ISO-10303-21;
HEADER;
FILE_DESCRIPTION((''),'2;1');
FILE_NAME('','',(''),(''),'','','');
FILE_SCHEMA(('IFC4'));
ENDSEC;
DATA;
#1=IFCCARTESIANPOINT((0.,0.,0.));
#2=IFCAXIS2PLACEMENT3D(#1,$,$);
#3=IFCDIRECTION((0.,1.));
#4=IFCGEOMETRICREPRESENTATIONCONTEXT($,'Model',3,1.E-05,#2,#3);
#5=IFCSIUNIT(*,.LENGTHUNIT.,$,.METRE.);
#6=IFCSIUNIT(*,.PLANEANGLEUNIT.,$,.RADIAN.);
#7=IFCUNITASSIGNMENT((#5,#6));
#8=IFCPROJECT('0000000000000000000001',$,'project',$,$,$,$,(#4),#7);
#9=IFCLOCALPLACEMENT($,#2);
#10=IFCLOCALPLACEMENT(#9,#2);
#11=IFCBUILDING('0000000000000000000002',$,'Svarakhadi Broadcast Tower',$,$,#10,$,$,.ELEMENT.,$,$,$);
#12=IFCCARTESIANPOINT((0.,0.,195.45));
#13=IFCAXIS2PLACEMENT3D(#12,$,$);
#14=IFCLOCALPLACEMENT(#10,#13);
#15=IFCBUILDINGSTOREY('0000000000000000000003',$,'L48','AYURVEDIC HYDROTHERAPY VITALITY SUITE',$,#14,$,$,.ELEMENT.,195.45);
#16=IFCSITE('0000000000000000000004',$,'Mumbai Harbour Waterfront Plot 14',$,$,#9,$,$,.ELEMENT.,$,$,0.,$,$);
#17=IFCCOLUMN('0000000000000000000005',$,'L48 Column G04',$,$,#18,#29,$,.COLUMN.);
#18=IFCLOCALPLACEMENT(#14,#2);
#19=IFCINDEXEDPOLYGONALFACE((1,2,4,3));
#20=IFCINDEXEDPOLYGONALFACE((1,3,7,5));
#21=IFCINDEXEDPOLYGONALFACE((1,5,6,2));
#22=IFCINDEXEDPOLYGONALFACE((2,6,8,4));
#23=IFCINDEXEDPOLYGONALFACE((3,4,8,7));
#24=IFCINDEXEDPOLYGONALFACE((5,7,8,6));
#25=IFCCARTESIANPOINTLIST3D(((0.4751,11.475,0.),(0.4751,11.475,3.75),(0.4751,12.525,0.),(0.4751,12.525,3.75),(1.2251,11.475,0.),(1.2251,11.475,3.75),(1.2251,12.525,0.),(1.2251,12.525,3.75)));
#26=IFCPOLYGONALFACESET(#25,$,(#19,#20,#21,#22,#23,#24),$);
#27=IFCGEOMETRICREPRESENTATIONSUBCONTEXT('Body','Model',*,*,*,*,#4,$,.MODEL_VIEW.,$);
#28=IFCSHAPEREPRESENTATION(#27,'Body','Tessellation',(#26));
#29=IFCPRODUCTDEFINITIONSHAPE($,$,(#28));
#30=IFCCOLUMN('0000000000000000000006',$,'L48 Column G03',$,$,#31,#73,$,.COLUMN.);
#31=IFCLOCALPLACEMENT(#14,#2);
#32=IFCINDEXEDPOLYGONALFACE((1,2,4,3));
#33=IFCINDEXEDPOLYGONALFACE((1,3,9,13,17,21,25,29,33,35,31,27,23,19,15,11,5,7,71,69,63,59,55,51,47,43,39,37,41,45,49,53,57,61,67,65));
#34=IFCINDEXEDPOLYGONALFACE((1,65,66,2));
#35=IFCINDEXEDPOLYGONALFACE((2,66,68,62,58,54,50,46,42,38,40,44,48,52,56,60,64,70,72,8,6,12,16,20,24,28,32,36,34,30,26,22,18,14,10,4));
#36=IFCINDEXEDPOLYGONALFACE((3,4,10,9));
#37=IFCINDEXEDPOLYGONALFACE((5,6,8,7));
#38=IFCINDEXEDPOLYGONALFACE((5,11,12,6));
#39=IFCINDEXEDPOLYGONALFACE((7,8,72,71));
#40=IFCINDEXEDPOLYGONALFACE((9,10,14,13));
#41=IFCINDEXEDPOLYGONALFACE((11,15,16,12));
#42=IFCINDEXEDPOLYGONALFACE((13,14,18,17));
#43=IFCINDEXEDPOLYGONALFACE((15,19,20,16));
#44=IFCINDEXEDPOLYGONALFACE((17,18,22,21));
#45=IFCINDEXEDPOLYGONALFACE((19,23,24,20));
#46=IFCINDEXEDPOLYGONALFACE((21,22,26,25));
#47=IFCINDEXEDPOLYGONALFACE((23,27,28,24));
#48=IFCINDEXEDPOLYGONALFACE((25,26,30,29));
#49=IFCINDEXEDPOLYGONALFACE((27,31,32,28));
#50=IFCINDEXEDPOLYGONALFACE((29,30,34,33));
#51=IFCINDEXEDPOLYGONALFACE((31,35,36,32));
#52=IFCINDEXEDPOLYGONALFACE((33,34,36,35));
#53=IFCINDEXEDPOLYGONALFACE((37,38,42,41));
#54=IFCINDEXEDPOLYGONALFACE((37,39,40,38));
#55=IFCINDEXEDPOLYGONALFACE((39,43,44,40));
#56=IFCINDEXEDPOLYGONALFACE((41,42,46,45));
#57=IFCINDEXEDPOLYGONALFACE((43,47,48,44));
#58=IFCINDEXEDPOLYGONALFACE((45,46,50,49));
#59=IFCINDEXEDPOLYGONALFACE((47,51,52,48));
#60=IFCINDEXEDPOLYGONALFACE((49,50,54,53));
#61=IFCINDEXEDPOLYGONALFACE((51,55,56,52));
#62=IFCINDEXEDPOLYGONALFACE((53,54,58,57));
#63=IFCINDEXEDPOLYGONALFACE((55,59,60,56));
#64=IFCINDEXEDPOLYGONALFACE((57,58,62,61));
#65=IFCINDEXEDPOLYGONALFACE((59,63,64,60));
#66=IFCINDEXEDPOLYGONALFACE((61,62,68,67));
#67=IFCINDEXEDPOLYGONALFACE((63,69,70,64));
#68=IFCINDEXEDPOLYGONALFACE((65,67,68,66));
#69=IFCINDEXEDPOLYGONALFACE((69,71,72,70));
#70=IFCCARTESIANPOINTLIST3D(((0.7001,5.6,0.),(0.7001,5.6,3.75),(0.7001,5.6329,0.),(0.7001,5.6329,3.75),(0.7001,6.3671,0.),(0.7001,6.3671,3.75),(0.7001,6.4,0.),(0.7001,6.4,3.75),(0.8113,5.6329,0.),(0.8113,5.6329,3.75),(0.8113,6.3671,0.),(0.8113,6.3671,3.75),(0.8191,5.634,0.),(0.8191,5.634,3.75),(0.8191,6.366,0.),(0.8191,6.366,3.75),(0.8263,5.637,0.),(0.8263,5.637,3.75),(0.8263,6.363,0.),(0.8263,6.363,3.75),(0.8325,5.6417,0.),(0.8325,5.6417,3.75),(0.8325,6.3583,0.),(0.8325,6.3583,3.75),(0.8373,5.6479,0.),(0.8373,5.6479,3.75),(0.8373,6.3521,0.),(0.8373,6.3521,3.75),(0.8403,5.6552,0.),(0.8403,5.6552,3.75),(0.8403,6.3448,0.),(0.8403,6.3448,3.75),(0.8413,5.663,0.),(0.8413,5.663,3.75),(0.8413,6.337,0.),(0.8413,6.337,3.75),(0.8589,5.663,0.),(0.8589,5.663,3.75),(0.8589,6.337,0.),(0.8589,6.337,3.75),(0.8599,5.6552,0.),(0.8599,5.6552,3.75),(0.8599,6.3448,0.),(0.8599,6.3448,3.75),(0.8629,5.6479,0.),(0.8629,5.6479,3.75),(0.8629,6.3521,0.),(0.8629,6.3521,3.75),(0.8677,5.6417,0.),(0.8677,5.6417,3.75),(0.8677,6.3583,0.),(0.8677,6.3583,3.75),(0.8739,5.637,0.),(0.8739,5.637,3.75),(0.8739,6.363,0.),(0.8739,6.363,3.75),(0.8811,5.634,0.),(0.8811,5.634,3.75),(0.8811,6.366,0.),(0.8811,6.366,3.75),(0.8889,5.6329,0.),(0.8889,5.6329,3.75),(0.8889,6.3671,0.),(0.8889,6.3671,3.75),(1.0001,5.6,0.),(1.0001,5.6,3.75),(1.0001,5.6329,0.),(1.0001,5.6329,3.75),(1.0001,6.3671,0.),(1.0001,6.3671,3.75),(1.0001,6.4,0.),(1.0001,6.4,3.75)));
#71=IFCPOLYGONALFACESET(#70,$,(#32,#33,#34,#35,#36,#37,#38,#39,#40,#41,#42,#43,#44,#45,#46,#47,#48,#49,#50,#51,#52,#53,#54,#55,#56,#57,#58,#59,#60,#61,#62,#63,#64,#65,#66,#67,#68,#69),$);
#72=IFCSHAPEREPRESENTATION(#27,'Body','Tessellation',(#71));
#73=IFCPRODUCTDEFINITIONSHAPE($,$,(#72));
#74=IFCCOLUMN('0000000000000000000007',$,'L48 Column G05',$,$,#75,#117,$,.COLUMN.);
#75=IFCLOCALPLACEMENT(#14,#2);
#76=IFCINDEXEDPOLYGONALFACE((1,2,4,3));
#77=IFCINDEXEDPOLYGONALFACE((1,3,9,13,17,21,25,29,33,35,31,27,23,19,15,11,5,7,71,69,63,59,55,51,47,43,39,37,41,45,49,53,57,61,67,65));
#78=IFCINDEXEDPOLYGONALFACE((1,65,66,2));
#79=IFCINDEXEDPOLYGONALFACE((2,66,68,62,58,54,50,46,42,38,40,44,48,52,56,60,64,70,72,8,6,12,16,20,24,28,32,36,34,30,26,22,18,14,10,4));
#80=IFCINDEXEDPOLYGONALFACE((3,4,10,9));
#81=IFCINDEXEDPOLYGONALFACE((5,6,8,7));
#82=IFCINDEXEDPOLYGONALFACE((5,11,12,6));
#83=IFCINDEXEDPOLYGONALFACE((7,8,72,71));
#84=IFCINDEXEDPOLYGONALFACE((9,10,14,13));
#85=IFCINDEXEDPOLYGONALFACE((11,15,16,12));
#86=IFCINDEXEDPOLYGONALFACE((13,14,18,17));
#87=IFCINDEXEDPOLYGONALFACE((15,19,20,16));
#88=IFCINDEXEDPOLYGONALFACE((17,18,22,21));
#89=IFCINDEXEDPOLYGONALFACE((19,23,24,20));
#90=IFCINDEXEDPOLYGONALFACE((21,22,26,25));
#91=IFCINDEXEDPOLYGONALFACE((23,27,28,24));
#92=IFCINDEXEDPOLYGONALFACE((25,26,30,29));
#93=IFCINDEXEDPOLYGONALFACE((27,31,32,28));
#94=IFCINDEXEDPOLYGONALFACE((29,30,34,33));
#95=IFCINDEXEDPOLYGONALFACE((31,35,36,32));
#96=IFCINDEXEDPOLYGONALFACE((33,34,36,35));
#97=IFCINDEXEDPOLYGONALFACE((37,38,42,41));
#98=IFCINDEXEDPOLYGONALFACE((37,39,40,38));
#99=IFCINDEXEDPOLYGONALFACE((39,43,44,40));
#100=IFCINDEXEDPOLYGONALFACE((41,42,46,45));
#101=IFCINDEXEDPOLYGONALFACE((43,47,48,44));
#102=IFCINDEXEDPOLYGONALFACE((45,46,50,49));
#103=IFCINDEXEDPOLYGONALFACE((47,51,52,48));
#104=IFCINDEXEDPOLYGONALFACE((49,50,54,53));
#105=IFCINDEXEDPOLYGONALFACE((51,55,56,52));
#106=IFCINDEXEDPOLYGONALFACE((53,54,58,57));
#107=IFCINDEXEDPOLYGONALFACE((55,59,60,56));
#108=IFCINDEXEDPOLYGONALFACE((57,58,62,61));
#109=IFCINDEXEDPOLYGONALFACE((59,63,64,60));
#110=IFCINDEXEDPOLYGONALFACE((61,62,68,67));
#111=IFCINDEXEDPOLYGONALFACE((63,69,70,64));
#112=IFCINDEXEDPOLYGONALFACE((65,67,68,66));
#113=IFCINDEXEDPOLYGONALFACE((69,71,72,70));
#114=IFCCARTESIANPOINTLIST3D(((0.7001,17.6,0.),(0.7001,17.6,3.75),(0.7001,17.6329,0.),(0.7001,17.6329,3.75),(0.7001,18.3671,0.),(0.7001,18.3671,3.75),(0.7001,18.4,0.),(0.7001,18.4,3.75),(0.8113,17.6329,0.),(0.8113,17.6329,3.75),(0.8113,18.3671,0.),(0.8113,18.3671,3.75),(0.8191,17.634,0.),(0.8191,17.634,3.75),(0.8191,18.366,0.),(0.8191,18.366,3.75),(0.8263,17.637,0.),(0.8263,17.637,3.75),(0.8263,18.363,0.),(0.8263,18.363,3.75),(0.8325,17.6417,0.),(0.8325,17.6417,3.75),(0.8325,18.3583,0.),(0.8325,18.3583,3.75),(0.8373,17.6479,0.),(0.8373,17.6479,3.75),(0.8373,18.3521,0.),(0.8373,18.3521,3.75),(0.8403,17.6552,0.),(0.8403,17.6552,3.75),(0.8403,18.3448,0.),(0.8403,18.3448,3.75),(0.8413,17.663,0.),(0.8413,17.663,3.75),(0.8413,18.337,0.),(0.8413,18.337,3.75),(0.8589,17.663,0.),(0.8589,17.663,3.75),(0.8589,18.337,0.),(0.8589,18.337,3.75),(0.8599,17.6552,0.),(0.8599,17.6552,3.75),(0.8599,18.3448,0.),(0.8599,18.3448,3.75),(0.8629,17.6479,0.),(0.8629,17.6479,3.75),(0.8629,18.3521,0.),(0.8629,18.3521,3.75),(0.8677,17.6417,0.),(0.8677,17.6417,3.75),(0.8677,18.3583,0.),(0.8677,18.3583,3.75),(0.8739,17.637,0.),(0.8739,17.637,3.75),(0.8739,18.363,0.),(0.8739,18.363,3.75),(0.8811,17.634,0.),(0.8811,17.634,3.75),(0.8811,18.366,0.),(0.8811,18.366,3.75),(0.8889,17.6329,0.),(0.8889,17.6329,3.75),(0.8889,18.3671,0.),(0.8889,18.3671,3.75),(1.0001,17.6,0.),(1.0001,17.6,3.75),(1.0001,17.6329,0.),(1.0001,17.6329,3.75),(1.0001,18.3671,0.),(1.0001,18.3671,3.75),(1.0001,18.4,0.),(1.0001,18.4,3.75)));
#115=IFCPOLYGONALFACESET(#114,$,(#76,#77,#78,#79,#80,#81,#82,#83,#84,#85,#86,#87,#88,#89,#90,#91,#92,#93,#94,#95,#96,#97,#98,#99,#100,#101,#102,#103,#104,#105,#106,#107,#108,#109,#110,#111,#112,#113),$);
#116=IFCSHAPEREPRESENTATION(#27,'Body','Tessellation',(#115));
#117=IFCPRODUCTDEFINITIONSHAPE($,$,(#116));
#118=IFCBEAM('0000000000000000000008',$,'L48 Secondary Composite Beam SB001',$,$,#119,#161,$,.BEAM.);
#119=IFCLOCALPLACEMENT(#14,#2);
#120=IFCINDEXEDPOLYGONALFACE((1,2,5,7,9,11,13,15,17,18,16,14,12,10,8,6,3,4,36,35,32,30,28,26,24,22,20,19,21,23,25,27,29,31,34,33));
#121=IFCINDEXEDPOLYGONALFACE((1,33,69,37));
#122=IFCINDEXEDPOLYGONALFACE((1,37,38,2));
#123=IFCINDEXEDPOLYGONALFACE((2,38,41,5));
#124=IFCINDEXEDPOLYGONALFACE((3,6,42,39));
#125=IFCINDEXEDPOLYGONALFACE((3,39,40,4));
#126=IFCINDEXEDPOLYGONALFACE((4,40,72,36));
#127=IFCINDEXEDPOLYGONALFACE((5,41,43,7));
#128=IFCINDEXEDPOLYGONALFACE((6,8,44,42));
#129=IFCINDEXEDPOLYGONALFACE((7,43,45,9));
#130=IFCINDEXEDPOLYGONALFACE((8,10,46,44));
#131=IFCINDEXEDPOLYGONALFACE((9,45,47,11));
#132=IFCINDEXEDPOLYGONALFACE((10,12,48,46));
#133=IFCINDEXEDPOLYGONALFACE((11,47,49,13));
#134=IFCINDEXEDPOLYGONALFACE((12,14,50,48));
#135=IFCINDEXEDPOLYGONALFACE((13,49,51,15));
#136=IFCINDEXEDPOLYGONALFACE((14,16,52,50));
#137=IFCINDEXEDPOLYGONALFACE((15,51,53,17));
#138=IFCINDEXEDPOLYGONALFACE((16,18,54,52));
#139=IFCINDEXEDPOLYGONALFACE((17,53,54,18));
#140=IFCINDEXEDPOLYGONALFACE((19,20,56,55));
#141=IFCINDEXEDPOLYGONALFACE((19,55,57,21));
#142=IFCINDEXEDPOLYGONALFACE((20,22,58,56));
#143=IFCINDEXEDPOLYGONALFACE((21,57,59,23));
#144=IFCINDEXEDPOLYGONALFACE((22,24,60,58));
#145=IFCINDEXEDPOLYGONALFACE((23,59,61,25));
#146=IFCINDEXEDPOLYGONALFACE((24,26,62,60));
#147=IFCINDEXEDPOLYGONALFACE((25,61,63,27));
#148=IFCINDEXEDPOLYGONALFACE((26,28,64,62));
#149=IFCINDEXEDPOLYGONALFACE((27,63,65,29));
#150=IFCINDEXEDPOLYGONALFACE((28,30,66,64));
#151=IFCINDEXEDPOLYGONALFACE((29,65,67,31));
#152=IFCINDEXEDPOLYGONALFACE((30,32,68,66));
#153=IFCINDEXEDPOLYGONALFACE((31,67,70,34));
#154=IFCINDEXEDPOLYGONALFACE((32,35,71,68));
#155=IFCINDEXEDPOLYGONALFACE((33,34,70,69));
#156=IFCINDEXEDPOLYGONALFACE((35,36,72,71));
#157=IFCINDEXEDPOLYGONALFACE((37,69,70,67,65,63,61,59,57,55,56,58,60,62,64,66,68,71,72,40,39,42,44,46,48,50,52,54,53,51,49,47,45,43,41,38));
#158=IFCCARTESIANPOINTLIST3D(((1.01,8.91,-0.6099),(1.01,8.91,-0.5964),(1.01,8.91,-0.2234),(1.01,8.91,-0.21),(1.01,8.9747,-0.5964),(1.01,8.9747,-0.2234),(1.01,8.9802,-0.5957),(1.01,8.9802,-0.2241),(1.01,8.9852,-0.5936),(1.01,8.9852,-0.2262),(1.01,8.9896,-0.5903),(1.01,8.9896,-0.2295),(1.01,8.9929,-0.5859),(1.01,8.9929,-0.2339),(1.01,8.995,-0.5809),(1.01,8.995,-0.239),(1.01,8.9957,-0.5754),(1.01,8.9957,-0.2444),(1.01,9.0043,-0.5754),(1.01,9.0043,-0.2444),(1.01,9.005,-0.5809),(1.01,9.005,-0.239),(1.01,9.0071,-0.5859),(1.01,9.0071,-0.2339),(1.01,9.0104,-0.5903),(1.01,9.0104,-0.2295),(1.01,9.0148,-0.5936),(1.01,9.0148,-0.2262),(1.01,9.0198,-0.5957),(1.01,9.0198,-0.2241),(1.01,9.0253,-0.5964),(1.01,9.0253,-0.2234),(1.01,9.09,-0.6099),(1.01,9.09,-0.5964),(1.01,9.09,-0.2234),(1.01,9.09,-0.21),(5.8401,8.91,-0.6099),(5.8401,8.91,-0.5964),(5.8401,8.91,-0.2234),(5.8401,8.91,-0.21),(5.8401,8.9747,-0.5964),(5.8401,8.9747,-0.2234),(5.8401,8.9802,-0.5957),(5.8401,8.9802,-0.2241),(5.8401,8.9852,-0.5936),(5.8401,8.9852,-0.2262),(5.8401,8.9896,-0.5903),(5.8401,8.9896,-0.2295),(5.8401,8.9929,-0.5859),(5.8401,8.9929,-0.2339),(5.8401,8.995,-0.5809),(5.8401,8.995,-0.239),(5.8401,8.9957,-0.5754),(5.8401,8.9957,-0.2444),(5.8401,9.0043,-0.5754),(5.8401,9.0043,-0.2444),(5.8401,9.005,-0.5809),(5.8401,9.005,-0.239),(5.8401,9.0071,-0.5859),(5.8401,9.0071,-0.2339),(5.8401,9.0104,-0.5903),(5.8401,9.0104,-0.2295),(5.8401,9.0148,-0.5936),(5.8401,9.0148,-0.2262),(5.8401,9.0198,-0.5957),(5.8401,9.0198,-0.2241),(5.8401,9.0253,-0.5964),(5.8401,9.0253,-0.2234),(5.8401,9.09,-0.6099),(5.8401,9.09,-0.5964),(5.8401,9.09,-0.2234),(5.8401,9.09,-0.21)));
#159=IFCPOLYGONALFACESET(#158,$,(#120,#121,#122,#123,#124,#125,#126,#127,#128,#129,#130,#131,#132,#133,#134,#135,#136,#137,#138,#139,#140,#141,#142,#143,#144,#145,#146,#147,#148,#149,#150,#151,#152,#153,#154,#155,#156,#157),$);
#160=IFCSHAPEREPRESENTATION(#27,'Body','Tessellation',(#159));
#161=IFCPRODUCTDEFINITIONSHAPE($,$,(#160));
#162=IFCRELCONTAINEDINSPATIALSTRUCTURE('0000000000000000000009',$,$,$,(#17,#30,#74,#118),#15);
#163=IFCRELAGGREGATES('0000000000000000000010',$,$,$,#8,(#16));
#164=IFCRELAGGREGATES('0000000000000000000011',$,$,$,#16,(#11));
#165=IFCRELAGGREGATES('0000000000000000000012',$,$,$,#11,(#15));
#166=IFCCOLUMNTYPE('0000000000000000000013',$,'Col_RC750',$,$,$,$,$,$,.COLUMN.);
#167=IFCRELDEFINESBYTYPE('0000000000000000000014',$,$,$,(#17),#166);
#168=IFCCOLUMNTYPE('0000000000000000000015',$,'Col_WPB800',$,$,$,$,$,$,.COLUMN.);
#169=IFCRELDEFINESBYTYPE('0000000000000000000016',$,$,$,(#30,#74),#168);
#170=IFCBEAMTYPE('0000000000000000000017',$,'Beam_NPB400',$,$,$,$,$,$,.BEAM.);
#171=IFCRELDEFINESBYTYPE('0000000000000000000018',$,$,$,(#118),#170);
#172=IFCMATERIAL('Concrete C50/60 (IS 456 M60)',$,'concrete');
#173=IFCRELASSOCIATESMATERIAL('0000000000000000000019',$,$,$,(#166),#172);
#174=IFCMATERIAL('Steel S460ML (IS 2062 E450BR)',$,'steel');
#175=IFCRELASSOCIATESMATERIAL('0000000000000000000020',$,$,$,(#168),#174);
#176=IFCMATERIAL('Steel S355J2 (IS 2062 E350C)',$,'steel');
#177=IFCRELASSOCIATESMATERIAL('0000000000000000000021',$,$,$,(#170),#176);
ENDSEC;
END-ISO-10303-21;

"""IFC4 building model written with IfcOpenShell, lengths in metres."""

from ifc_helpers import new_model, si_unit, direction, frame, origin, origin_2d, place, context, subcontext, project, spatial, rectangle, i_section, extrude, material, material_profile, profile_set, type_object, element, save


model = new_model("IFC4")

# Units and contexts
model_context = context("Model", 3, precision=1e-05, world=origin(), true_north=direction((0.0, 1.0)))
body_context = subcontext(model_context, "Body", "Model", "MODEL_VIEW")
ifc_project = project(units=[si_unit("LENGTHUNIT", "METRE"), si_unit("PLANEANGLEUNIT", "RADIAN")], contexts=[model_context])

# Site, building, storey
site_placement = place(None, origin())
site = spatial("IfcSite", under=ifc_project, at=site_placement, Name="Mumbai Harbour Waterfront Plot 14", CompositionType="ELEMENT", RefElevation=0.0)
building_placement = place(site_placement, origin())
building = spatial("IfcBuilding", under=site, at=building_placement, Name="Svarakhadi Broadcast Tower", CompositionType="ELEMENT")
storey_placement = place(building_placement, frame((0.0, 0.0, 195.45)))
storey = spatial("IfcBuildingStorey", under=building, at=storey_placement, Name="L48", Description="AYURVEDIC HYDROTHERAPY VITALITY SUITE", CompositionType="ELEMENT", Elevation=195.45)

# Columns
ifc_material_1 = material(Name="Concrete C50/60 (IS 456 M60)", Category="concrete")
ifc_material_profile_1 = material_profile(ifc_material_1, rectangle(XDim=0.75, YDim=1.05, at=origin_2d()), Name="RC 750x1050")
ifc_profile_set_1 = profile_set([ifc_material_profile_1], Name="Concrete C50/60 (IS 456 M60)")
column_type_1 = type_object("IfcColumnType", Name="Col_RC750", PredefinedType="COLUMN", material=ifc_profile_set_1)
column_placement = place(storey_placement, frame((0.8501, 12.0, 0.0), z_axis=(0.0, 0.0, 1.0), x_axis=(1.0, 0.0, 0.0)))
element("IfcColumn", 1, at=column_placement, inside=storey, type_object=column_type_1, Name="L48 Column G04", PredefinedType="COLUMN", context=body_context, shape_type="SweptSolid", body=[
    extrude(rectangle(XDim=0.75, YDim=1.05, at=origin_2d()), origin(), (0.0, 0.0, 1.0), 3.75),
])
ifc_material_2 = material(Name="Steel S460ML (IS 2062 E450BR)", Category="steel")
ifc_material_profile_2 = material_profile(ifc_material_2, i_section(OverallWidth=0.3, OverallDepth=0.8, WebThickness=0.0176, FlangeThickness=0.033, FilletRadius=0.03, at=origin_2d()), Name="WPB 800x300x262")
ifc_profile_set_2 = profile_set([ifc_material_profile_2], Name="Steel S460ML (IS 2062 E450BR)")
column_type_2 = type_object("IfcColumnType", Name="Col_WPB800", PredefinedType="COLUMN", material=ifc_profile_set_2)
for number, where, z_axis, x_axis, name in (
    (2, (0.8501, 6.0, 0.0), (0.0, 0.0, 1.0), (1.0, 0.0, 0.0), "L48 Column G03"),
    (3, (0.8501, 18.0, 0.0), (0.0, 0.0, 1.0), (1.0, 0.0, 0.0), "L48 Column G05"),
):
    element("IfcColumn", number, at=place(storey_placement, frame(where, z_axis=z_axis, x_axis=x_axis)), inside=storey, type_object=column_type_2, Name=name, PredefinedType="COLUMN", context=body_context, shape_type="SweptSolid", body=[
        extrude(i_section(OverallWidth=0.3, OverallDepth=0.8, WebThickness=0.0176, FlangeThickness=0.033, FilletRadius=0.03, at=origin_2d()), origin(), (0.0, 0.0, 1.0), 3.75),
    ])

# Beam
ifc_material_3 = material(Name="Steel S355J2 (IS 2062 E350C)", Category="steel")
ifc_material_profile_3 = material_profile(ifc_material_3, i_section(OverallWidth=0.1799, OverallDepth=0.3999, WebThickness=0.0085, FlangeThickness=0.0134, FilletRadius=0.021, at=origin_2d()), Name="NPB 400x180x66")
ifc_profile_set_3 = profile_set([ifc_material_profile_3], Name="Steel S355J2 (IS 2062 E350C)")
beam_type_1 = type_object("IfcBeamType", Name="Beam_NPB400", PredefinedType="BEAM", material=ifc_profile_set_3)
for number, where, z_axis, x_axis, name in (
    (4, (1.01, 9.0, -0.4099), (1.0, 0.0, 0.0), (0.0, 1.0, 0.0), "L48 Secondary Composite Beam SB001"),
):
    element("IfcBeam", number, at=place(storey_placement, frame(where, z_axis=z_axis, x_axis=x_axis)), inside=storey, type_object=beam_type_1, Name=name, PredefinedType="BEAM", context=body_context, shape_type="SweptSolid", body=[
        extrude(i_section(OverallWidth=0.1799, OverallDepth=0.3999, WebThickness=0.0085, FlangeThickness=0.0134, FilletRadius=0.021, at=origin_2d()), origin(), (0.0, 0.0, 1.0), 4.8301),
    ])

save(model, "model.ifc")
